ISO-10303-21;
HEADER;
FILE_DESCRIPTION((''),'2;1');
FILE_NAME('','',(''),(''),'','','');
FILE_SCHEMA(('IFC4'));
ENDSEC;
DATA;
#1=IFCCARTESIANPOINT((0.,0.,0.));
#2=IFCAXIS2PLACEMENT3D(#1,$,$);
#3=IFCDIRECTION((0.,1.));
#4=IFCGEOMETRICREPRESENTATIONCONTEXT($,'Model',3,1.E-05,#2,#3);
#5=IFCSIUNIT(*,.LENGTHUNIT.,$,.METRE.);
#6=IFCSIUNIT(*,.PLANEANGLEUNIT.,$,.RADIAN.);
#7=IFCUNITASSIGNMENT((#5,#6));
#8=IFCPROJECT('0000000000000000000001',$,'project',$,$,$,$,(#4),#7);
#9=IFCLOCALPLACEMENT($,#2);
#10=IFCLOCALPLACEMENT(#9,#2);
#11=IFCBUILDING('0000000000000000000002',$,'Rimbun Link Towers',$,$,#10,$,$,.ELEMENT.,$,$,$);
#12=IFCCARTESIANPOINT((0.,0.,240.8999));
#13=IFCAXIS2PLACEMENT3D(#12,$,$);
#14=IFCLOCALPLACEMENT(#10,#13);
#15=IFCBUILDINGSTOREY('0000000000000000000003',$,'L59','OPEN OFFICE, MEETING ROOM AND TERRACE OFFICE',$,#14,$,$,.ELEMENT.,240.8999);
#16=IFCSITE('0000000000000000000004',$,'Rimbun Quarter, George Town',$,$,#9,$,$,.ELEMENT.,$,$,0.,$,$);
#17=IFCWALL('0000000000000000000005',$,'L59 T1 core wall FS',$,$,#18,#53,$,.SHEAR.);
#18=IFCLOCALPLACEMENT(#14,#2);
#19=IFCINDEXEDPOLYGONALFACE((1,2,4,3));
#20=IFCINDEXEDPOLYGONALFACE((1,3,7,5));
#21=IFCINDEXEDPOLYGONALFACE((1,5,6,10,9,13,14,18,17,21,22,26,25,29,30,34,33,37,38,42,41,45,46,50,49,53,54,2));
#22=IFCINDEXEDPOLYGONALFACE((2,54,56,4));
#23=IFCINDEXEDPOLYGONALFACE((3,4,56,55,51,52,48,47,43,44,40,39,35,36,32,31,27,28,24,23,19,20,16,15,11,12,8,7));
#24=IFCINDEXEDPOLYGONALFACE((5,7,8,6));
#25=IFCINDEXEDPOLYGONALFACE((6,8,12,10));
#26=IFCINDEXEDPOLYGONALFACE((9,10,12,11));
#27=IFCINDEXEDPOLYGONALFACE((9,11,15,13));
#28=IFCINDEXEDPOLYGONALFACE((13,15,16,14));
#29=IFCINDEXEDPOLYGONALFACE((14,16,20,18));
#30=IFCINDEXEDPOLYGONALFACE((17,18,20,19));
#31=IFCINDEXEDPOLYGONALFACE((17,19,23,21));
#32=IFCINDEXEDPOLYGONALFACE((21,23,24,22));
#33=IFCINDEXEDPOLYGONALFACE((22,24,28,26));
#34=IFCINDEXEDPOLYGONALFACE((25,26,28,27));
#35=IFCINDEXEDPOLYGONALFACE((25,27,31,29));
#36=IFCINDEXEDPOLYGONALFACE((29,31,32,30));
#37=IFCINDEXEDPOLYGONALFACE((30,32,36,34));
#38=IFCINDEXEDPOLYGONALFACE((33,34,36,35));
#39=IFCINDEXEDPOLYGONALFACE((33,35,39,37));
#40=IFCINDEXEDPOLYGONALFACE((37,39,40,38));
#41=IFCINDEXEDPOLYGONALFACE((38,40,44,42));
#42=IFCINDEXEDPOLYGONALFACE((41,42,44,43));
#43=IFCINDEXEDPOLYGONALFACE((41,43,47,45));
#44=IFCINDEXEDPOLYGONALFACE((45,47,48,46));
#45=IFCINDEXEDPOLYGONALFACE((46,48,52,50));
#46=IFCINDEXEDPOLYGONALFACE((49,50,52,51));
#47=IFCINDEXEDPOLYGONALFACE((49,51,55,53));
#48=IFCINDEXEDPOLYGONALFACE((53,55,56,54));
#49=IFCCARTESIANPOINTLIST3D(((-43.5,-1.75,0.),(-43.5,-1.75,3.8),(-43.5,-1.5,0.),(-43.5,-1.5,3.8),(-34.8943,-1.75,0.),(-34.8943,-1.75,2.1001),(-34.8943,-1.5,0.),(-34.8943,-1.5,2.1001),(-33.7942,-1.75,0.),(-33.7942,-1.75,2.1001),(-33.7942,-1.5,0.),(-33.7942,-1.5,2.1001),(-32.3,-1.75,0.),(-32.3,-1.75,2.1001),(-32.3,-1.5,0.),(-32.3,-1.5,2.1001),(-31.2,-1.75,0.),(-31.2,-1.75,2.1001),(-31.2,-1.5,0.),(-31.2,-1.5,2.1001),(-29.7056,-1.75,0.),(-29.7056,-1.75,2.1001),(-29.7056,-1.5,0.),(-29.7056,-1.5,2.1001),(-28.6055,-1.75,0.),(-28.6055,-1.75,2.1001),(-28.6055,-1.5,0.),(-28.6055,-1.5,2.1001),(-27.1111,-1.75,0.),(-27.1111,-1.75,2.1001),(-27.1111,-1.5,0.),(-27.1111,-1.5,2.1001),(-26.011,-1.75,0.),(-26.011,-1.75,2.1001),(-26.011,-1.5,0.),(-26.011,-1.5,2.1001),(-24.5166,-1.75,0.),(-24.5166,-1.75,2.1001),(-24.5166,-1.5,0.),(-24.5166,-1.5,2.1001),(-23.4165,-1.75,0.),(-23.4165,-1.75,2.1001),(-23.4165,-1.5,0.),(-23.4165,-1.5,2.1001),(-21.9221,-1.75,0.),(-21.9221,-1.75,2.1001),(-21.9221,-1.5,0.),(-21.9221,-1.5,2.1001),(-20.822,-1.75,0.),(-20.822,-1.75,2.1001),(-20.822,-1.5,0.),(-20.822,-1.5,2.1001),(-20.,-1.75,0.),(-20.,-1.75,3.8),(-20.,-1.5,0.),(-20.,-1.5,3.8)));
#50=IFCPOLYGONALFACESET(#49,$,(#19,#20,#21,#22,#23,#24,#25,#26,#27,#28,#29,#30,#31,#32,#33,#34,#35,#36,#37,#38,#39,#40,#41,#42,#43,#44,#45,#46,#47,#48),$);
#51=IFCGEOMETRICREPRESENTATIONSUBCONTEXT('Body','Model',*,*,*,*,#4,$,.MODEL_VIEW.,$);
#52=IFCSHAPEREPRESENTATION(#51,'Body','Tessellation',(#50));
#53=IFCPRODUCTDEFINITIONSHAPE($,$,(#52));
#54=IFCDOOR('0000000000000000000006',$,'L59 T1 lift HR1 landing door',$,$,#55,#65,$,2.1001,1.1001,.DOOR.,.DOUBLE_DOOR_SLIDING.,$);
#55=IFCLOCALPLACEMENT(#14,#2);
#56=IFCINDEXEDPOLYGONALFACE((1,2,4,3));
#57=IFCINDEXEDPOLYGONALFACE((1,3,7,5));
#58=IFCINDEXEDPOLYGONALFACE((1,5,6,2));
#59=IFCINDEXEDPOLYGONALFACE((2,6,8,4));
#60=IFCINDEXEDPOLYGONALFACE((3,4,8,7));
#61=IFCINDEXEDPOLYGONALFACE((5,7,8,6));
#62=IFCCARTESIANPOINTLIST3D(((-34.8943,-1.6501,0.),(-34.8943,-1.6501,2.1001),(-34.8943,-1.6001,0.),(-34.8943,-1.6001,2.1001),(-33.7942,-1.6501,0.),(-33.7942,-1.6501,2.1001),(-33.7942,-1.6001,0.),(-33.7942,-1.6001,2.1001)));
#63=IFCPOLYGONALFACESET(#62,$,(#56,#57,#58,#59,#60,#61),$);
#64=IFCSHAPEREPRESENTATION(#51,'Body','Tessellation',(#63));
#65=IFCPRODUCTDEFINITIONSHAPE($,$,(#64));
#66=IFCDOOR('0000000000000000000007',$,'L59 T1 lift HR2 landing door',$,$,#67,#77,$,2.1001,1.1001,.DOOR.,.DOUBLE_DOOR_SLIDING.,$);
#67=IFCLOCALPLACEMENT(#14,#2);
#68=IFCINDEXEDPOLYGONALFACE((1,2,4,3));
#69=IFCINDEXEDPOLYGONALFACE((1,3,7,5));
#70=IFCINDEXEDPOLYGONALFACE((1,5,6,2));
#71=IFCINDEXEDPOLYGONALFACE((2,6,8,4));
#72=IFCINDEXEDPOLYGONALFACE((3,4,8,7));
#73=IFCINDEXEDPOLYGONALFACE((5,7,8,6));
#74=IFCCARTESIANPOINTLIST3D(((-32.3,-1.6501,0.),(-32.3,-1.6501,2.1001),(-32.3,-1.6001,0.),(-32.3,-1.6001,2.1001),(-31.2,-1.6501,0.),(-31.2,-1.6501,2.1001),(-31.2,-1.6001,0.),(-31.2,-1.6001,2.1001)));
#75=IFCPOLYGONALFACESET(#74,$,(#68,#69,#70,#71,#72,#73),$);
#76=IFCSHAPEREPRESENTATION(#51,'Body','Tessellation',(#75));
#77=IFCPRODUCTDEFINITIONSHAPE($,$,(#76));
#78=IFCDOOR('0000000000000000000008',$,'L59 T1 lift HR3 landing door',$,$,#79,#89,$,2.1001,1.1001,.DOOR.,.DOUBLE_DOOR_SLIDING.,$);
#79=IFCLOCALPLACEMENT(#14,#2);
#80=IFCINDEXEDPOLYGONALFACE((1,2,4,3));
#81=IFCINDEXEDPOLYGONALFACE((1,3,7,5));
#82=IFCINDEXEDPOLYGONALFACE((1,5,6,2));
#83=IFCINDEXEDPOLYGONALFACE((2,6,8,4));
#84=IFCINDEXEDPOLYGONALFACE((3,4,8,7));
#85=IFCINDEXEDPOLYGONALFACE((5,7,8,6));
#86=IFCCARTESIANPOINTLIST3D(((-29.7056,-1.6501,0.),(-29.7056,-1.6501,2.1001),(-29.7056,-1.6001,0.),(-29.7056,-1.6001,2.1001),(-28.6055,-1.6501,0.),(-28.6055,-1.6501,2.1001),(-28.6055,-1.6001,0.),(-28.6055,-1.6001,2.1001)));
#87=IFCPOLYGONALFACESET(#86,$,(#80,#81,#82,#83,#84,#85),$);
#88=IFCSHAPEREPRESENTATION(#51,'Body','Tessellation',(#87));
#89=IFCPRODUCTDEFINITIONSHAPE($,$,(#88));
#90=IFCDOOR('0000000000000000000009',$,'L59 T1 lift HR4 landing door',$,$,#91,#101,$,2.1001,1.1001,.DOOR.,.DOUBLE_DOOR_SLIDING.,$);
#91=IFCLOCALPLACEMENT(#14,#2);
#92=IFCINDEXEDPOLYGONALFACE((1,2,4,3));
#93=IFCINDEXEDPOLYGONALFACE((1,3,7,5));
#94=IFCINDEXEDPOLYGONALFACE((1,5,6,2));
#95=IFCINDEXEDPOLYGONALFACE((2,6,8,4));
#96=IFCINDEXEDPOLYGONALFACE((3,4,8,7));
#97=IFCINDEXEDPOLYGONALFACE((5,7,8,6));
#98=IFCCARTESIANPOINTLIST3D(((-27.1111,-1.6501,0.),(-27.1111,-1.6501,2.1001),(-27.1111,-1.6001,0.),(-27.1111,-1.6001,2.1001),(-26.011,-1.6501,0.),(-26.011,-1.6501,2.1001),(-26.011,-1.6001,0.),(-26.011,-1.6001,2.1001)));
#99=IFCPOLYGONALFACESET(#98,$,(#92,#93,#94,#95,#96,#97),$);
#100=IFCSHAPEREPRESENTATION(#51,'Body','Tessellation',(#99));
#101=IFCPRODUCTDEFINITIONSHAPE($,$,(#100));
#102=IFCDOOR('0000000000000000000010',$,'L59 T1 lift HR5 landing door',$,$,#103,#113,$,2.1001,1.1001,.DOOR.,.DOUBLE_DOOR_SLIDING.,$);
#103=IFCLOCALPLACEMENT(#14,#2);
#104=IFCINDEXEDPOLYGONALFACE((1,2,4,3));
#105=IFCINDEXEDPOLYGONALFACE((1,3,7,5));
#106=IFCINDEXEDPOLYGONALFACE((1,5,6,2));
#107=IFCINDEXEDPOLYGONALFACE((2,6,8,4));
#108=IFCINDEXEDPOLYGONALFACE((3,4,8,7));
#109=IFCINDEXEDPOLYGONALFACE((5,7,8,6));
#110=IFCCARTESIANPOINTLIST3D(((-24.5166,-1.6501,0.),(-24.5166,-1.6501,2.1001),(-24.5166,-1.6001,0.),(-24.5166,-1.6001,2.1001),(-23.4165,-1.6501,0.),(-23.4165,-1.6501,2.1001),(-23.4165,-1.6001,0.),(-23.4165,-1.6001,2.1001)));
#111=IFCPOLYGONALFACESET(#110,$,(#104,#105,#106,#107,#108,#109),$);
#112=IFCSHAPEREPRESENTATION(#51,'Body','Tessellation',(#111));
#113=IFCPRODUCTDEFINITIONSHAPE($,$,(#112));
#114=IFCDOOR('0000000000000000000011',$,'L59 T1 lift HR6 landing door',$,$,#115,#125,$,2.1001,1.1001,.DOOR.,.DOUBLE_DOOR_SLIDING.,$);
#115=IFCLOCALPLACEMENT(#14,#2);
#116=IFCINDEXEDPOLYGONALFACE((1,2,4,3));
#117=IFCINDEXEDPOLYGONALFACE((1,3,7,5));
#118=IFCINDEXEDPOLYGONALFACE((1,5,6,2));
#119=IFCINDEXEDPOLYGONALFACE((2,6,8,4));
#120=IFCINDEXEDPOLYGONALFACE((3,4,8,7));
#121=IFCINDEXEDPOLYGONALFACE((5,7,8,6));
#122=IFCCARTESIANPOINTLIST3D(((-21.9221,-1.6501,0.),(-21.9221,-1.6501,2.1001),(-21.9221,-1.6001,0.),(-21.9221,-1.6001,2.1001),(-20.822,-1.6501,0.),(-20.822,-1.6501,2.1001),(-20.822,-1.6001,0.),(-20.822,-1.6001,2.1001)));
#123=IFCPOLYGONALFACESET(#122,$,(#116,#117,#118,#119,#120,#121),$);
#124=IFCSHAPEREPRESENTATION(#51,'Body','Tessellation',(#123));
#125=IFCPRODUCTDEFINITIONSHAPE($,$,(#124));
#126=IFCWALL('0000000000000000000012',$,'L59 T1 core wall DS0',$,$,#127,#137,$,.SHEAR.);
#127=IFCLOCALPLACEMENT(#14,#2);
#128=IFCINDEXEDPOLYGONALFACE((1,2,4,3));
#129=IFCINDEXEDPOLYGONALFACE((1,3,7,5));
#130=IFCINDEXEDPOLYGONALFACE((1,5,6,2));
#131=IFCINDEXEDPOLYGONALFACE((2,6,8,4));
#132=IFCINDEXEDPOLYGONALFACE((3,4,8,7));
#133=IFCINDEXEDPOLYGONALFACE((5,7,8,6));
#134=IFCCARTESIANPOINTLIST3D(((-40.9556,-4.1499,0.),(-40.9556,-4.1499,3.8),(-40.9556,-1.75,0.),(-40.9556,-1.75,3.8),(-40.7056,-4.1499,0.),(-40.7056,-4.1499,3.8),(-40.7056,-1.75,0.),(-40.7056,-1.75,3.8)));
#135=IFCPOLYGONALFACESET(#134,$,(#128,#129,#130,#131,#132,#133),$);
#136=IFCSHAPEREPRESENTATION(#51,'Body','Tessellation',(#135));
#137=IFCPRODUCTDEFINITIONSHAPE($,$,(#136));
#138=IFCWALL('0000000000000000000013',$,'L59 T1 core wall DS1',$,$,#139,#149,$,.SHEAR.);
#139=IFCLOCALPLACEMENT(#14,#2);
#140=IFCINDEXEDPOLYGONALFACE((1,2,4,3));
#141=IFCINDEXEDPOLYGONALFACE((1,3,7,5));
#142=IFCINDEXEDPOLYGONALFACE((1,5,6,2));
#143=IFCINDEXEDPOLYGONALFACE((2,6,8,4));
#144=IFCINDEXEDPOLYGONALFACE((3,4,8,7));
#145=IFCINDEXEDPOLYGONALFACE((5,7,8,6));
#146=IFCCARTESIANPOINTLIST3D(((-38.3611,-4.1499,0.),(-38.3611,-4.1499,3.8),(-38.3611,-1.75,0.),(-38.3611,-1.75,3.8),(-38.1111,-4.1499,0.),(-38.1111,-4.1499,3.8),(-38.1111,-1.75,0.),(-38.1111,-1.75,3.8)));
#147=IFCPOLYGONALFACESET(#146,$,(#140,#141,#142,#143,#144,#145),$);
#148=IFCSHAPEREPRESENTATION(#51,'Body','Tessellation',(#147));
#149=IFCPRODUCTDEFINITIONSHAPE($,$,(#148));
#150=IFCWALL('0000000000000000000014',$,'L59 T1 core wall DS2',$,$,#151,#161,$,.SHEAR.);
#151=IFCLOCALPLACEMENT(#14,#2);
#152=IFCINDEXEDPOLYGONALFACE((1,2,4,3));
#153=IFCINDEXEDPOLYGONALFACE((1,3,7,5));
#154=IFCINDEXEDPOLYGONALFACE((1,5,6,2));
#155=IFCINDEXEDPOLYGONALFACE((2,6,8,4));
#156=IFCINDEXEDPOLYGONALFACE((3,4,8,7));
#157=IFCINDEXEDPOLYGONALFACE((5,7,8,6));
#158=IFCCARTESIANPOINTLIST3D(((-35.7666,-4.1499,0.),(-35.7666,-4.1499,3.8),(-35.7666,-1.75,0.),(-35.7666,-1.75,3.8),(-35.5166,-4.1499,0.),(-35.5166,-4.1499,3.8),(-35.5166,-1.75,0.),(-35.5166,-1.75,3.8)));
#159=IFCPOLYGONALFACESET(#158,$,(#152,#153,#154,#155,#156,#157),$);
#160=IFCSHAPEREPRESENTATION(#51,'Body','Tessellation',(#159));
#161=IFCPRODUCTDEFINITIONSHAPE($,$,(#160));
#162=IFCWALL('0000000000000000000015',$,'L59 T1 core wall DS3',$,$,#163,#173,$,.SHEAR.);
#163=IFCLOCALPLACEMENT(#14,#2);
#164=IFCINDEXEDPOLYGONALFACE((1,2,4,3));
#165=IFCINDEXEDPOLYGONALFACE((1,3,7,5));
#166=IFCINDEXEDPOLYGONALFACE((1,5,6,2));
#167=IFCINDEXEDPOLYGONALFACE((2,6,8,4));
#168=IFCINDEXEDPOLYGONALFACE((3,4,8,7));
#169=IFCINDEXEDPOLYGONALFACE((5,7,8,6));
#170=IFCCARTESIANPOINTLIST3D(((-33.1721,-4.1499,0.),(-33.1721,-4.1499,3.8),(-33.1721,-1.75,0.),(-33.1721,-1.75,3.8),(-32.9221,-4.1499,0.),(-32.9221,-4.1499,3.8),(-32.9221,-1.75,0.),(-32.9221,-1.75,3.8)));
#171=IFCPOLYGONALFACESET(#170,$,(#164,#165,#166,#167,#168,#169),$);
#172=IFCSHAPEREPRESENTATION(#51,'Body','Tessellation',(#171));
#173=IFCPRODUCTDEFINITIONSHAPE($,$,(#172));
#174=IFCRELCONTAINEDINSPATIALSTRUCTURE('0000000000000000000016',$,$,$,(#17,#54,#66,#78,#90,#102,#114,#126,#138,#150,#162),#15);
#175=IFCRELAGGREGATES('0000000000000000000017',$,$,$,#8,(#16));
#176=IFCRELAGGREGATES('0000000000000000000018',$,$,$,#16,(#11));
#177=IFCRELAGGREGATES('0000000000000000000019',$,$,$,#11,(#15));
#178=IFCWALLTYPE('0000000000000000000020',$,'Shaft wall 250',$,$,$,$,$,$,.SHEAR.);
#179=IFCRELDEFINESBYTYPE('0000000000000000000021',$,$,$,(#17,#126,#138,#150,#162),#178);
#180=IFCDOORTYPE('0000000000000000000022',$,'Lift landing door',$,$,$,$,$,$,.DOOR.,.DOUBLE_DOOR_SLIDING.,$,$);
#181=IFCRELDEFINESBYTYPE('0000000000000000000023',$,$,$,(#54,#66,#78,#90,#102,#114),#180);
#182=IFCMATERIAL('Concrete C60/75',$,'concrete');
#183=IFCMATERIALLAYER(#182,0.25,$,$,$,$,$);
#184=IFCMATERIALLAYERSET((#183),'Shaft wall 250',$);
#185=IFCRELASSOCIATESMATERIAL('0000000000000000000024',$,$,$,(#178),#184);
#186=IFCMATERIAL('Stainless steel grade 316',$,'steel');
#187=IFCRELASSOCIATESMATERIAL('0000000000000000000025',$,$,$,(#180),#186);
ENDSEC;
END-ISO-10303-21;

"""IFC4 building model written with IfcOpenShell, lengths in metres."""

from ifc_helpers import new_model, si_unit, direction, frame, frame_2d, origin, place, context, subcontext, project, spatial, rectangle, extrude, material, layer, layer_set, type_object, element, fill, save


model = new_model("IFC4")

# Units and contexts
model_context = context("Model", 3, precision=1e-05, world=origin(), true_north=direction((0.0, 1.0)))
body_context = subcontext(model_context, "Body", "Model", "MODEL_VIEW")
ifc_project = project(units=[si_unit("LENGTHUNIT", "METRE"), si_unit("PLANEANGLEUNIT", "RADIAN")], contexts=[model_context])

# Site, building, storey
site_placement = place(None, origin())
site = spatial("IfcSite", under=ifc_project, at=site_placement, Name="Rimbun Quarter, George Town", CompositionType="ELEMENT", RefElevation=0.0)
building_placement = place(site_placement, origin())
building = spatial("IfcBuilding", under=site, at=building_placement, Name="Rimbun Link Towers", CompositionType="ELEMENT")
storey_placement = place(building_placement, frame((0.0, 0.0, 240.8999)))
storey = spatial("IfcBuildingStorey", under=building, at=storey_placement, Name="L59", Description="OPEN OFFICE, MEETING ROOM AND TERRACE OFFICE", CompositionType="ELEMENT", Elevation=240.8999)

# Wall, openings, doors
ifc_material_1 = material(Name="Concrete C60/75", Category="concrete")
ifc_layer_1 = layer(ifc_material_1, 0.25)
ifc_layer_set_1 = layer_set([ifc_layer_1], Name="Shaft wall 250")
wall_type_1 = type_object("IfcWallType", Name="Shaft wall 250", PredefinedType="SHEAR", material=ifc_layer_set_1)
wall_1_placement = place(storey_placement, frame((-43.5, -1.625, 0.0), z_axis=(0.0, 0.0, 1.0), x_axis=(1.0, 0.0, 0.0)))
wall_1 = element("IfcWall", 1, at=wall_1_placement, inside=storey, type_object=wall_type_1, Name="L59 T1 core wall FS", PredefinedType="SHEAR", context=body_context, shape_type="SweptSolid", body=[
    extrude(rectangle(XDim=23.5, YDim=0.25, at=frame_2d((11.75, 0.0))), origin(), (0.0, 0.0, 1.0), 3.8),
])
opening_1_placement = place(wall_1_placement, frame((8.6057, 0.0, 0.0)))
opening_1 = element("IfcOpeningElement", 2, at=opening_1_placement, cuts=wall_1, PredefinedType="OPENING", context=body_context, shape_type="SweptSolid", body=[
    extrude(rectangle(XDim=1.1001, YDim=2.1001, at=frame_2d((0.55, 1.05))), frame((0.0, 0.135, 0.0), z_axis=(0.0, -1.0, 0.0), x_axis=(1.0, 0.0, 0.0)), (0.0, 0.0, 1.0), 0.27),
])
opening_2_placement = place(wall_1_placement, frame((11.2, 0.0, 0.0)))
opening_2 = element("IfcOpeningElement", 3, at=opening_2_placement, cuts=wall_1, PredefinedType="OPENING", context=body_context, shape_type="SweptSolid", body=[
    extrude(rectangle(XDim=1.1001, YDim=2.1001, at=frame_2d((0.55, 1.05))), frame((0.0, 0.135, 0.0), z_axis=(0.0, -1.0, 0.0), x_axis=(1.0, 0.0, 0.0)), (0.0, 0.0, 1.0), 0.27),
])
opening_3_placement = place(wall_1_placement, frame((13.7944, 0.0, 0.0)))
opening_3 = element("IfcOpeningElement", 4, at=opening_3_placement, cuts=wall_1, PredefinedType="OPENING", context=body_context, shape_type="SweptSolid", body=[
    extrude(rectangle(XDim=1.1001, YDim=2.1001, at=frame_2d((0.55, 1.05))), frame((0.0, 0.135, 0.0), z_axis=(0.0, -1.0, 0.0), x_axis=(1.0, 0.0, 0.0)), (0.0, 0.0, 1.0), 0.27),
])
opening_4_placement = place(wall_1_placement, frame((16.3889, 0.0, 0.0)))
opening_4 = element("IfcOpeningElement", 5, at=opening_4_placement, cuts=wall_1, PredefinedType="OPENING", context=body_context, shape_type="SweptSolid", body=[
    extrude(rectangle(XDim=1.1001, YDim=2.1001, at=frame_2d((0.55, 1.05))), frame((0.0, 0.135, 0.0), z_axis=(0.0, -1.0, 0.0), x_axis=(1.0, 0.0, 0.0)), (0.0, 0.0, 1.0), 0.27),
])
opening_5_placement = place(wall_1_placement, frame((18.9834, 0.0, 0.0)))
opening_5 = element("IfcOpeningElement", 6, at=opening_5_placement, cuts=wall_1, PredefinedType="OPENING", context=body_context, shape_type="SweptSolid", body=[
    extrude(rectangle(XDim=1.1001, YDim=2.1001, at=frame_2d((0.55, 1.05))), frame((0.0, 0.135, 0.0), z_axis=(0.0, -1.0, 0.0), x_axis=(1.0, 0.0, 0.0)), (0.0, 0.0, 1.0), 0.27),
])
opening_6_placement = place(wall_1_placement, frame((21.5779, 0.0, 0.0)))
opening_6 = element("IfcOpeningElement", 7, at=opening_6_placement, cuts=wall_1, PredefinedType="OPENING", context=body_context, shape_type="SweptSolid", body=[
    extrude(rectangle(XDim=1.1001, YDim=2.1001, at=frame_2d((0.55, 1.05))), frame((0.0, 0.135, 0.0), z_axis=(0.0, -1.0, 0.0), x_axis=(1.0, 0.0, 0.0)), (0.0, 0.0, 1.0), 0.27),
])
ifc_material_2 = material(Name="Stainless steel grade 316", Category="steel")
door_type = type_object("IfcDoorType", Name="Lift landing door", OperationType="DOUBLE_DOOR_SLIDING", PredefinedType="DOOR", material=ifc_material_2)
door_1_placement = place(opening_1_placement, origin())
door_1 = element("IfcDoor", 8, at=door_1_placement, inside=storey, type_object=door_type, Name="L59 T1 lift HR1 landing door", OperationType="DOUBLE_DOOR_SLIDING", OverallHeight=2.1001, OverallWidth=1.1001, PredefinedType="DOOR", context=body_context, shape_type="SweptSolid", body=[
    extrude(rectangle(XDim=1.1001, YDim=2.1001, at=frame_2d((0.55, 1.05))), frame((0.0, 0.0249, 0.0), z_axis=(0.0, -1.0, 0.0), x_axis=(1.0, 0.0, 0.0)), (0.0, 0.0, 1.0), 0.05),
])
fill(opening_1, door_1)
door_2_placement = place(opening_2_placement, origin())
door_2 = element("IfcDoor", 9, at=door_2_placement, inside=storey, type_object=door_type, Name="L59 T1 lift HR2 landing door", OperationType="DOUBLE_DOOR_SLIDING", OverallHeight=2.1001, OverallWidth=1.1001, PredefinedType="DOOR", context=body_context, shape_type="SweptSolid", body=[
    extrude(rectangle(XDim=1.1001, YDim=2.1001, at=frame_2d((0.55, 1.05))), frame((0.0, 0.0249, 0.0), z_axis=(0.0, -1.0, 0.0), x_axis=(1.0, 0.0, 0.0)), (0.0, 0.0, 1.0), 0.05),
])
fill(opening_2, door_2)
door_3_placement = place(opening_3_placement, origin())
door_3 = element("IfcDoor", 10, at=door_3_placement, inside=storey, type_object=door_type, Name="L59 T1 lift HR3 landing door", OperationType="DOUBLE_DOOR_SLIDING", OverallHeight=2.1001, OverallWidth=1.1001, PredefinedType="DOOR", context=body_context, shape_type="SweptSolid", body=[
    extrude(rectangle(XDim=1.1001, YDim=2.1001, at=frame_2d((0.55, 1.05))), frame((0.0, 0.0249, 0.0), z_axis=(0.0, -1.0, 0.0), x_axis=(1.0, 0.0, 0.0)), (0.0, 0.0, 1.0), 0.05),
])
fill(opening_3, door_3)
door_4_placement = place(opening_4_placement, origin())
door_4 = element("IfcDoor", 11, at=door_4_placement, inside=storey, type_object=door_type, Name="L59 T1 lift HR4 landing door", OperationType="DOUBLE_DOOR_SLIDING", OverallHeight=2.1001, OverallWidth=1.1001, PredefinedType="DOOR", context=body_context, shape_type="SweptSolid", body=[
    extrude(rectangle(XDim=1.1001, YDim=2.1001, at=frame_2d((0.55, 1.05))), frame((0.0, 0.0249, 0.0), z_axis=(0.0, -1.0, 0.0), x_axis=(1.0, 0.0, 0.0)), (0.0, 0.0, 1.0), 0.05),
])
fill(opening_4, door_4)
door_5_placement = place(opening_5_placement, origin())
door_5 = element("IfcDoor", 12, at=door_5_placement, inside=storey, type_object=door_type, Name="L59 T1 lift HR5 landing door", OperationType="DOUBLE_DOOR_SLIDING", OverallHeight=2.1001, OverallWidth=1.1001, PredefinedType="DOOR", context=body_context, shape_type="SweptSolid", body=[
    extrude(rectangle(XDim=1.1001, YDim=2.1001, at=frame_2d((0.55, 1.05))), frame((0.0, 0.0249, 0.0), z_axis=(0.0, -1.0, 0.0), x_axis=(1.0, 0.0, 0.0)), (0.0, 0.0, 1.0), 0.05),
])
fill(opening_5, door_5)
door_6_placement = place(opening_6_placement, origin())
door_6 = element("IfcDoor", 13, at=door_6_placement, inside=storey, type_object=door_type, Name="L59 T1 lift HR6 landing door", OperationType="DOUBLE_DOOR_SLIDING", OverallHeight=2.1001, OverallWidth=1.1001, PredefinedType="DOOR", context=body_context, shape_type="SweptSolid", body=[
    extrude(rectangle(XDim=1.1001, YDim=2.1001, at=frame_2d((0.55, 1.05))), frame((0.0, 0.0249, 0.0), z_axis=(0.0, -1.0, 0.0), x_axis=(1.0, 0.0, 0.0)), (0.0, 0.0, 1.0), 0.05),
])
fill(opening_6, door_6)

# Walls
for number, where, z_axis, x_axis, name in (
    (14, (-40.8306, -4.1499, 0.0), (0.0, 0.0, 1.0), (0.0, 1.0, 0.0), "L59 T1 core wall DS0"),
    (15, (-38.2361, -4.1499, 0.0), (0.0, 0.0, 1.0), (0.0, 1.0, 0.0), "L59 T1 core wall DS1"),
    (16, (-35.6416, -4.1499, 0.0), (0.0, 0.0, 1.0), (0.0, 1.0, 0.0), "L59 T1 core wall DS2"),
    (17, (-33.0471, -4.1499, 0.0), (0.0, 0.0, 1.0), (0.0, 1.0, 0.0), "L59 T1 core wall DS3"),
):
    element("IfcWall", number, at=place(storey_placement, frame(where, z_axis=z_axis, x_axis=x_axis)), inside=storey, type_object=wall_type_1, Name=name, PredefinedType="SHEAR", context=body_context, shape_type="SweptSolid", body=[
        extrude(rectangle(XDim=2.3999, YDim=0.25, at=frame_2d((1.2, 0.0))), origin(), (0.0, 0.0, 1.0), 3.8),
    ])

save(model, "model.ifc")
